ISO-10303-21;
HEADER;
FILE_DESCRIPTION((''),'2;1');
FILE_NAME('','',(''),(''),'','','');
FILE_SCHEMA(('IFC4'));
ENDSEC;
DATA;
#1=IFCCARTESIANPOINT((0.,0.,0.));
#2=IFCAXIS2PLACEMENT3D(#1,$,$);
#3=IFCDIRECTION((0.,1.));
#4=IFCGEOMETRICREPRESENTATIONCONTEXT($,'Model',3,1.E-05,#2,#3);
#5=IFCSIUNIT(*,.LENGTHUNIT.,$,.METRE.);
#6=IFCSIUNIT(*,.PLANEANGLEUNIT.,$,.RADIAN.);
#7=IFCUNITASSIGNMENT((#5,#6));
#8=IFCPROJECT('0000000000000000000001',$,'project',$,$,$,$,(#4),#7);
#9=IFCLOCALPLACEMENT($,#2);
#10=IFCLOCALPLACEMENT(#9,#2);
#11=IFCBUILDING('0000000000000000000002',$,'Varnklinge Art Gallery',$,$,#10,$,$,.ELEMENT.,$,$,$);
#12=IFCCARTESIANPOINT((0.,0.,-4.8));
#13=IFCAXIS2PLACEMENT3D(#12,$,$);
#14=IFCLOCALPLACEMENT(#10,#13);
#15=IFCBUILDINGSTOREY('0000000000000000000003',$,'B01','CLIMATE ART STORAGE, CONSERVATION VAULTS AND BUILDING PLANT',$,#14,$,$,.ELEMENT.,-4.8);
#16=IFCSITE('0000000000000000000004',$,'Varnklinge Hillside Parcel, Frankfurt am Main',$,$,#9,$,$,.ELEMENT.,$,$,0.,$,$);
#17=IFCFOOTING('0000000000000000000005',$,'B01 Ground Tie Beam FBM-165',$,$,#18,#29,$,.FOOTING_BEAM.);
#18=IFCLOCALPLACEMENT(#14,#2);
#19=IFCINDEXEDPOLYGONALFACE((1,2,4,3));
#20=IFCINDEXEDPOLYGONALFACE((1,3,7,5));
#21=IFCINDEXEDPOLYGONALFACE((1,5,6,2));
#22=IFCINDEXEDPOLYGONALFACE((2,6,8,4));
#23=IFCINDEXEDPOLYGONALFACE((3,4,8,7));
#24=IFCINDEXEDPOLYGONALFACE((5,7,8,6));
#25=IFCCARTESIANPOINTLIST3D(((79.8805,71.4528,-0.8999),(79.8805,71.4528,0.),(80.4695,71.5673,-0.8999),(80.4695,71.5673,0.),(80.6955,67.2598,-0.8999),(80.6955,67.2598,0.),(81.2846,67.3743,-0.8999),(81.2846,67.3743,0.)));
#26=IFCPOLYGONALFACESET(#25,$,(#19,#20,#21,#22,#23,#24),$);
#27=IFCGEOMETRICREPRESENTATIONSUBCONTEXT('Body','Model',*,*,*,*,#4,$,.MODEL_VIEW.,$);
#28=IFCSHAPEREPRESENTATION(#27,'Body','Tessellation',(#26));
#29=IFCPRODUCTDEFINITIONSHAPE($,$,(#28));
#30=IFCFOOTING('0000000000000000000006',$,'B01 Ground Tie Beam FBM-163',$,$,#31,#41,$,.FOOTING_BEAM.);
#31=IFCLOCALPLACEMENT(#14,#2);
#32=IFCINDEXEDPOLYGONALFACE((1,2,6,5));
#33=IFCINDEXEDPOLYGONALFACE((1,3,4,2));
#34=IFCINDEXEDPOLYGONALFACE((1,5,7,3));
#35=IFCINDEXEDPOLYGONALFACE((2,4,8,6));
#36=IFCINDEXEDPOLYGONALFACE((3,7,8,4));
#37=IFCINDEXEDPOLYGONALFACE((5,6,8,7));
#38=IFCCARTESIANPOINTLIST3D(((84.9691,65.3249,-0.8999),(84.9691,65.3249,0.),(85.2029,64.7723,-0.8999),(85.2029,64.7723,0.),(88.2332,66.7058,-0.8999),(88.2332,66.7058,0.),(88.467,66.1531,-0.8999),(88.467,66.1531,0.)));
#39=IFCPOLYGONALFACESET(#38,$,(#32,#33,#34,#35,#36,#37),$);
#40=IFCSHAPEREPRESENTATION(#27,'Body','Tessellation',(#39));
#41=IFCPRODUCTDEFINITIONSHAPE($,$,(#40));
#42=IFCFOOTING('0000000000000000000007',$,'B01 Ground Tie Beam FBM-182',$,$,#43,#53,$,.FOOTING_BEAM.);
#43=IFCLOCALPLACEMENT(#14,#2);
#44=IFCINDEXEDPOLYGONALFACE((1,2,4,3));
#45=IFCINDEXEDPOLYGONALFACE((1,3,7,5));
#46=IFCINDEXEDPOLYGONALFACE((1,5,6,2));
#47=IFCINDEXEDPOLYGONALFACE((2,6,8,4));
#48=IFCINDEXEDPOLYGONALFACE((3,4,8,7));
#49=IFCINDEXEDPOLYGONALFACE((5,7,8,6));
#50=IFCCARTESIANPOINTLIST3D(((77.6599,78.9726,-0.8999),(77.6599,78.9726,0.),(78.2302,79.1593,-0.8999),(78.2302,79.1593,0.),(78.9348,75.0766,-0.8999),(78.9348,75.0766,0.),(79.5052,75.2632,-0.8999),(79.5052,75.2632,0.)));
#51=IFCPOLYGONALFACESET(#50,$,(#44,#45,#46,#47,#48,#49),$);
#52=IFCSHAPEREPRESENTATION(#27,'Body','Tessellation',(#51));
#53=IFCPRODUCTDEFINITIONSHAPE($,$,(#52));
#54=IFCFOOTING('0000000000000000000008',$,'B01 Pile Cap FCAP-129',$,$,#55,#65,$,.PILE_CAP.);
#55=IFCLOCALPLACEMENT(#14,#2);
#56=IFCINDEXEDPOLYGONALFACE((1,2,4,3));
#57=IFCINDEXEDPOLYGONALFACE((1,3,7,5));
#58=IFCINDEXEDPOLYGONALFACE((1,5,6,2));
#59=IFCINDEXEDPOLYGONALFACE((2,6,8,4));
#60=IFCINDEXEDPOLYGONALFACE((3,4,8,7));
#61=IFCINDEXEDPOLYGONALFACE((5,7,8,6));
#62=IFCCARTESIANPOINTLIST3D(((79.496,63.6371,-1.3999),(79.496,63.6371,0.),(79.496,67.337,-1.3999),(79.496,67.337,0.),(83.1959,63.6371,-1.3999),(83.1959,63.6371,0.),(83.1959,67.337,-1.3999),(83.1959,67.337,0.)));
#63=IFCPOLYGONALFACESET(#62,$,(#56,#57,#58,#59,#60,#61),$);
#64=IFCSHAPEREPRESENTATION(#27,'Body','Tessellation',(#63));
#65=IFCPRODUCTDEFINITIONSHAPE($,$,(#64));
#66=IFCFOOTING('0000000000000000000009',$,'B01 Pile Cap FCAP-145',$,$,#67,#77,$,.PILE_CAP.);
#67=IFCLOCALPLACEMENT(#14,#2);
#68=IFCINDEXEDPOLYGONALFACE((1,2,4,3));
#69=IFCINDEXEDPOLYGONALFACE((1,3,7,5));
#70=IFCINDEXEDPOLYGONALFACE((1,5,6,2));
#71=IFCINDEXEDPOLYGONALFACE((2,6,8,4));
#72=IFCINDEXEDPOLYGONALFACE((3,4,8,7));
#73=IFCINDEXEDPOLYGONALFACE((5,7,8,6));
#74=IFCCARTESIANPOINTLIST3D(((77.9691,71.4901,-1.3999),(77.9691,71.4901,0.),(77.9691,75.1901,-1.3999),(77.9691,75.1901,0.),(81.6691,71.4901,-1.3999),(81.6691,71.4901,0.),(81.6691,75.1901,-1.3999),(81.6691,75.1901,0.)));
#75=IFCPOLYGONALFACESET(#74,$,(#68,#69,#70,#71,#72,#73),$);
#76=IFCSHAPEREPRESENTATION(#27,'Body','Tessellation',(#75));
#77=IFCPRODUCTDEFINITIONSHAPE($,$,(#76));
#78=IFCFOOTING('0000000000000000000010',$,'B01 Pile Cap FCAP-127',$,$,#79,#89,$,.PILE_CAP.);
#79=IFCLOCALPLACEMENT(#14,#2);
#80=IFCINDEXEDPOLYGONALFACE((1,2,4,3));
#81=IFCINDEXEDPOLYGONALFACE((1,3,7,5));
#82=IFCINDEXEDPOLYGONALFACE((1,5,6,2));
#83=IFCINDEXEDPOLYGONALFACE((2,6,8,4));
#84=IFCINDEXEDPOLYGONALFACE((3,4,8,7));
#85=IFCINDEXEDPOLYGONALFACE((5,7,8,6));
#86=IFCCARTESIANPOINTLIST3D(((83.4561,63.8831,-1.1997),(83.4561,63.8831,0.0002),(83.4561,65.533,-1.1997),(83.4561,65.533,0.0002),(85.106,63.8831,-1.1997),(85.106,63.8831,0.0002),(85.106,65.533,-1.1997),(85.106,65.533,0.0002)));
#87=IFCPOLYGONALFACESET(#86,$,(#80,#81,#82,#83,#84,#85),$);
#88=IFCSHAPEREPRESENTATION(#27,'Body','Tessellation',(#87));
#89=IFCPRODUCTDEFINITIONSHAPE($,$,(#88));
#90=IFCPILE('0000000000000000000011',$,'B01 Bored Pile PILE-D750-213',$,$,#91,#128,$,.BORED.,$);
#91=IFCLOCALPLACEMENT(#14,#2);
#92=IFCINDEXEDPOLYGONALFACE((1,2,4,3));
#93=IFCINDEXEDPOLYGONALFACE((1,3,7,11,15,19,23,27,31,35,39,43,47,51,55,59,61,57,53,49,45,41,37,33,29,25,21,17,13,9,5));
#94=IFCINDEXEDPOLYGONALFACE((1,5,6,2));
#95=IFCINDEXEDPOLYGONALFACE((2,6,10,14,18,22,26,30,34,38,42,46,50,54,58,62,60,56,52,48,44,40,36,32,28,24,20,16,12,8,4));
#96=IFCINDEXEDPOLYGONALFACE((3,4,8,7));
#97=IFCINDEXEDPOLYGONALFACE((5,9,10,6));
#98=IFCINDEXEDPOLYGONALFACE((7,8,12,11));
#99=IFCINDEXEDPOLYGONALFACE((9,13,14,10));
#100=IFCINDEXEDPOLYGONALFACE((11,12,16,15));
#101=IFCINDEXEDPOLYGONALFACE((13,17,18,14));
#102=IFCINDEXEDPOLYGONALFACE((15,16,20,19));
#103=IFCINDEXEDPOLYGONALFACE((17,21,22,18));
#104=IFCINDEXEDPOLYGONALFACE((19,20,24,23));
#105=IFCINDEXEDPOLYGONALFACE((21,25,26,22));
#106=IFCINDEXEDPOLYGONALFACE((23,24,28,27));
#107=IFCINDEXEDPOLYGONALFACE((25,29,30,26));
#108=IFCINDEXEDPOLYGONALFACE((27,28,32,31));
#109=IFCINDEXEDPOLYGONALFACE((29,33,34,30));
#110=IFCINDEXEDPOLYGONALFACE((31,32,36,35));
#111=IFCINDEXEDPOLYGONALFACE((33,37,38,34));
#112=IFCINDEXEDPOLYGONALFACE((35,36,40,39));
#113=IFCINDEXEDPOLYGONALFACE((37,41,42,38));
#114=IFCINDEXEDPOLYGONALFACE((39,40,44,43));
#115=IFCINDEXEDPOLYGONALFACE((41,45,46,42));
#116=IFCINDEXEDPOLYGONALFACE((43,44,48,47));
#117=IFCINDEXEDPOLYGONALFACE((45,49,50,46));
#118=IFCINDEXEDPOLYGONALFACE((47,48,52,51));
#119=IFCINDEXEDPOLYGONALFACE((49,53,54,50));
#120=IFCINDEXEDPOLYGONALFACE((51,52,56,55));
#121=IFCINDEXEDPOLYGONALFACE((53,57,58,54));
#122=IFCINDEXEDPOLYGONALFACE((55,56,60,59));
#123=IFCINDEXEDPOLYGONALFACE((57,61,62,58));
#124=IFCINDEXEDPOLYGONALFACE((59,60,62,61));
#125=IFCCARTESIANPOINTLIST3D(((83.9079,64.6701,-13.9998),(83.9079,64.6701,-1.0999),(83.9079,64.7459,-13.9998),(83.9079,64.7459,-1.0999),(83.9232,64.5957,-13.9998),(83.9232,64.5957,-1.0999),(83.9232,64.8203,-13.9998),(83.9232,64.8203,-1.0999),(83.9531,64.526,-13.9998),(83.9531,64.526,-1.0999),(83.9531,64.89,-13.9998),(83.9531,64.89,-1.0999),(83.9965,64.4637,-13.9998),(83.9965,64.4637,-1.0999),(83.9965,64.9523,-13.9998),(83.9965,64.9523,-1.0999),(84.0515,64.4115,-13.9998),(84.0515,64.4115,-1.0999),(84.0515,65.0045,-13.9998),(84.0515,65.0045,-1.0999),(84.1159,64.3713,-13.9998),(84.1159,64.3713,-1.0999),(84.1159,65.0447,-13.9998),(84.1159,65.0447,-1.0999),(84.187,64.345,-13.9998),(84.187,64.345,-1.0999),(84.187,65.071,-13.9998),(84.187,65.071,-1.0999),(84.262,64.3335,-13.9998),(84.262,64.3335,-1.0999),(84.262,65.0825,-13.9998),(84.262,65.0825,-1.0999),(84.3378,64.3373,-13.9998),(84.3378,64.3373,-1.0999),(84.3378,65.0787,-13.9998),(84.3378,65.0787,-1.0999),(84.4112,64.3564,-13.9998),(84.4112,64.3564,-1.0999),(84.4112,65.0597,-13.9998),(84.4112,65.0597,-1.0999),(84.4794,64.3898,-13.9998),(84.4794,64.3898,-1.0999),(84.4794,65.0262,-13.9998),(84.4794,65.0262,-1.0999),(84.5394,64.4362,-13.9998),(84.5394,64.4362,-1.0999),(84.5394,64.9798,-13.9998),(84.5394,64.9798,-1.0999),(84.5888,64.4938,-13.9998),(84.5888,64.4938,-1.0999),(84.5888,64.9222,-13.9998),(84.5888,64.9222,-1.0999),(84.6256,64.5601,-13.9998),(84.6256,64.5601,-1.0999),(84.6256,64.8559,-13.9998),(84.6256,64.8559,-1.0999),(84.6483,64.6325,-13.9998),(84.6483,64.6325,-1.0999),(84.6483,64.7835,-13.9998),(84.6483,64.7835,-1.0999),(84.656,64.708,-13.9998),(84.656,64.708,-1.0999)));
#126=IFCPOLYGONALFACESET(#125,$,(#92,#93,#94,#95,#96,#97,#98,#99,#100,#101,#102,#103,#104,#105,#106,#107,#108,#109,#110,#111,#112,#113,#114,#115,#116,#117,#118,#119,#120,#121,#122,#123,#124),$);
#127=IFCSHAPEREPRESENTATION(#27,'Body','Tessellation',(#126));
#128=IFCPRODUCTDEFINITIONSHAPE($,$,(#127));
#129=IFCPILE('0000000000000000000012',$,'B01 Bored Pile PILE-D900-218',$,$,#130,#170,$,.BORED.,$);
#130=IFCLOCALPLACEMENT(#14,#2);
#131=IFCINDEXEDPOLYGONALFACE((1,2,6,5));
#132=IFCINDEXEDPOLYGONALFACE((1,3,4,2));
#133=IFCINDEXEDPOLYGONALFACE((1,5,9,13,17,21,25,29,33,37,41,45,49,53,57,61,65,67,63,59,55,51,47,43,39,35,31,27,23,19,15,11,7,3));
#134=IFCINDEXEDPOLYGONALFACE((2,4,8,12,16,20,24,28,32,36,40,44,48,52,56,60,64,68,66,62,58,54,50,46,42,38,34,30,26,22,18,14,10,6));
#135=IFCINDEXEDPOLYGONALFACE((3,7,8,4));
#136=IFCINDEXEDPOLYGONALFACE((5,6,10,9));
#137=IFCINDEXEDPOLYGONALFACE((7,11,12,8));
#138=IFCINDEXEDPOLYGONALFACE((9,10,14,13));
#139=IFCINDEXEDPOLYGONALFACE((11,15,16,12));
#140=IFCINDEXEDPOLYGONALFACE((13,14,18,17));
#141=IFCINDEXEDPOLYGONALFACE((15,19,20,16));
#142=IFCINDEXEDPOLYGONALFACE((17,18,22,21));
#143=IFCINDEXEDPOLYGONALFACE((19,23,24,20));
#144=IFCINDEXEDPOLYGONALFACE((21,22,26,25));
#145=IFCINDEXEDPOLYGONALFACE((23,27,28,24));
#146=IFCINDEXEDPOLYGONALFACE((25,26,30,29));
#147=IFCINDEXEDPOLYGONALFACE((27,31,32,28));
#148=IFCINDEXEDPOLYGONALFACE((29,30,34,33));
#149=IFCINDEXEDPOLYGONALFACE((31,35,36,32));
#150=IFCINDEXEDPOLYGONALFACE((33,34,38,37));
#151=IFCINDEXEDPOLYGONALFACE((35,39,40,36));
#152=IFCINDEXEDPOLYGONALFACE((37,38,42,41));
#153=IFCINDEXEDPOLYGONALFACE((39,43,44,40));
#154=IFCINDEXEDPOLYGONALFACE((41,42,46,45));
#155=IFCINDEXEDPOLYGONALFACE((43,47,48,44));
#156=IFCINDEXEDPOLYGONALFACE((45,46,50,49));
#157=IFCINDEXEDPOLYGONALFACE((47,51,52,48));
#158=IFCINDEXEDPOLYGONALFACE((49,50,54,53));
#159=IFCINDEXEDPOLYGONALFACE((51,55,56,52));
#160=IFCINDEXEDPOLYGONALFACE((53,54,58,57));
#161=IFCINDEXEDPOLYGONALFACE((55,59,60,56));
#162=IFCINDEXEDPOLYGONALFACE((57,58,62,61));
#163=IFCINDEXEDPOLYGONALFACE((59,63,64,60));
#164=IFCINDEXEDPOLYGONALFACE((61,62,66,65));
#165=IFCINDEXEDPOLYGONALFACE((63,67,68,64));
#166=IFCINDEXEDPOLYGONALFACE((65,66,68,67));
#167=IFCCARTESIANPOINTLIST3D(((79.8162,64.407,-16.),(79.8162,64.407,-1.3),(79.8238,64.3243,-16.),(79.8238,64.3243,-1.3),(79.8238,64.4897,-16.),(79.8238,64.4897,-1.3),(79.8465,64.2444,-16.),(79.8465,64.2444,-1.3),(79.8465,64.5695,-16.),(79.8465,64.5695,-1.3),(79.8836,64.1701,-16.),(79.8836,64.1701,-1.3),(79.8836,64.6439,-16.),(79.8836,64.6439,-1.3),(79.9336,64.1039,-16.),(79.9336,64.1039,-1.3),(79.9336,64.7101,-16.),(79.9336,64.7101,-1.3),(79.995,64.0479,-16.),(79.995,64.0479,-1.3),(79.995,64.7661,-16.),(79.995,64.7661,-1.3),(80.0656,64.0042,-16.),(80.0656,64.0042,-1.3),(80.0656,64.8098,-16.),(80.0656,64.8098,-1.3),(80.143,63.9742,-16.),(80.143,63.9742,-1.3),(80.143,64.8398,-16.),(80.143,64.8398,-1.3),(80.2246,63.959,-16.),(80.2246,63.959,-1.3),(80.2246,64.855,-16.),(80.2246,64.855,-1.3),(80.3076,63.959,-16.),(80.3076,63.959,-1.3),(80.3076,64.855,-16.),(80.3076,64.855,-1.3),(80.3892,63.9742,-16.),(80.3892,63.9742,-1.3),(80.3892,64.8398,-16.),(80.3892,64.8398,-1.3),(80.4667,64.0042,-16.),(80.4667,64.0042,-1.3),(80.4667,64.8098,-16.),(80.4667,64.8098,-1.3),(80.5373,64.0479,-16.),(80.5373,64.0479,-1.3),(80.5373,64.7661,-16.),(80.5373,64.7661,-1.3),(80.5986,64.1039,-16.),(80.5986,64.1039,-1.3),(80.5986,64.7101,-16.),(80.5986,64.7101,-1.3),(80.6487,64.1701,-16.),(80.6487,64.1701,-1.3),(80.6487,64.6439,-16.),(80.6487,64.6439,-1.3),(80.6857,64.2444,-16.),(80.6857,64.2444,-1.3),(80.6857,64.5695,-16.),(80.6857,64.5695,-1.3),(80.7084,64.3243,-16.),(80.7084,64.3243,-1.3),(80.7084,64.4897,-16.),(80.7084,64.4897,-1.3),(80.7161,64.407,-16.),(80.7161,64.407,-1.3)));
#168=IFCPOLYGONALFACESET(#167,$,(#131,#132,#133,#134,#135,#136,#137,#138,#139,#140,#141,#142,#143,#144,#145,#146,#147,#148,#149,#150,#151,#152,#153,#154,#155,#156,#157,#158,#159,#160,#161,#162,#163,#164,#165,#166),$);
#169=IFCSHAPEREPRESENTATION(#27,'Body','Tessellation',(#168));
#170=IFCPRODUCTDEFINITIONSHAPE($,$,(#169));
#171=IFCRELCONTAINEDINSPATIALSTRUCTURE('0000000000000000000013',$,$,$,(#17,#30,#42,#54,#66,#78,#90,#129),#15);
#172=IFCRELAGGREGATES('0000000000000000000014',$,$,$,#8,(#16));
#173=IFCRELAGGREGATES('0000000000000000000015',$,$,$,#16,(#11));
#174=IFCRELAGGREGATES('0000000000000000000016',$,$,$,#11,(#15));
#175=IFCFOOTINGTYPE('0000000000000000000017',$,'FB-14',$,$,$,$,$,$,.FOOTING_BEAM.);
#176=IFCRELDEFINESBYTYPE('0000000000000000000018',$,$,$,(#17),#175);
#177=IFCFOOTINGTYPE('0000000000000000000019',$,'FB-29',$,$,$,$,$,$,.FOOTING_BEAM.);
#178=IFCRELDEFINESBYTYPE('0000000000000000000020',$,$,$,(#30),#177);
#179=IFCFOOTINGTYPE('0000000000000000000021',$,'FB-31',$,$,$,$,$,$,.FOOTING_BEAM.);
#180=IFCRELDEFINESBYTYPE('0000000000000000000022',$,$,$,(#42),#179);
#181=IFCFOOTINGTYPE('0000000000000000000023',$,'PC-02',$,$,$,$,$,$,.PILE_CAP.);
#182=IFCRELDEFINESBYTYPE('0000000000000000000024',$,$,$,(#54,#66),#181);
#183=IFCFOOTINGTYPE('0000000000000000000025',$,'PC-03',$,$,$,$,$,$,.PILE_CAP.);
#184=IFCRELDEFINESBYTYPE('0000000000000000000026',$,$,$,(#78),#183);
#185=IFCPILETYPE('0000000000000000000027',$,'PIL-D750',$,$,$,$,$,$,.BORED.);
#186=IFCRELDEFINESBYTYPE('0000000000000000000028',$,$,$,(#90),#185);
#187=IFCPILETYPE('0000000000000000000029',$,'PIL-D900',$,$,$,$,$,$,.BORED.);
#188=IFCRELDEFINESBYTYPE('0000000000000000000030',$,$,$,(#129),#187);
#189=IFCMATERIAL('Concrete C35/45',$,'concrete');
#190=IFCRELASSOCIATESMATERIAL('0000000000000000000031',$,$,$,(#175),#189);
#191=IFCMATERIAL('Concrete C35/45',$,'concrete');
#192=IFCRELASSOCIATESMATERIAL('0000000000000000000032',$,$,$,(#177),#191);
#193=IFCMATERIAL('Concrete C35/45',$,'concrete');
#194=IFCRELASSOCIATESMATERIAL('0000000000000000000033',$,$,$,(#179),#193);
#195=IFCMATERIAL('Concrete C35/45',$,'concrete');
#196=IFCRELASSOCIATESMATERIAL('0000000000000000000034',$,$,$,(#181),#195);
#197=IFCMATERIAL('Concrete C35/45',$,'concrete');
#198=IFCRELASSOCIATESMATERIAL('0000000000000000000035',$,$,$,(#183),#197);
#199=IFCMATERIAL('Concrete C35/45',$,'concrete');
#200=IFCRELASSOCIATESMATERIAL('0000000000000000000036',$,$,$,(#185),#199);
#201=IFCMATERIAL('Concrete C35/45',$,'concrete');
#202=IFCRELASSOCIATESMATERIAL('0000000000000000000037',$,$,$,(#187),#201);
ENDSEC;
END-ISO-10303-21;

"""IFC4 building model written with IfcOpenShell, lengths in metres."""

from ifc_helpers import new_model, si_unit, direction, frame, origin, origin_2d, place, context, subcontext, project, spatial, rectangle, circle, extrude, material, material_profile, profile_set, type_object, element, save


model = new_model("IFC4")

# Units and contexts
model_context = context("Model", 3, precision=1e-05, world=origin(), true_north=direction((0.0, 1.0)))
body_context = subcontext(model_context, "Body", "Model", "MODEL_VIEW")
ifc_project = project(units=[si_unit("LENGTHUNIT", "METRE"), si_unit("PLANEANGLEUNIT", "RADIAN")], contexts=[model_context])

# Site, building, storey
site_placement = place(None, origin())
site = spatial("IfcSite", under=ifc_project, at=site_placement, Name="Varnklinge Hillside Parcel, Frankfurt am Main", CompositionType="ELEMENT", RefElevation=0.0)
building_placement = place(site_placement, origin())
building = spatial("IfcBuilding", under=site, at=building_placement, Name="Varnklinge Art Gallery", CompositionType="ELEMENT")
storey_placement = place(building_placement, frame((0.0, 0.0, -4.8)))
storey = spatial("IfcBuildingStorey", under=building, at=storey_placement, Name="B01", Description="CLIMATE ART STORAGE, CONSERVATION VAULTS AND BUILDING PLANT", CompositionType="ELEMENT", Elevation=-4.8)

# Footings
ifc_material_1 = material(Name="Concrete C35/45", Category="concrete")
footing_type_1 = type_object("IfcFootingType", Name="FB-14", PredefinedType="FOOTING_BEAM", material=ifc_material_1)
footing_1_placement = place(storey_placement, frame((80.5825, 69.4136, -0.8999), z_axis=(0.0, 0.0, 1.0), x_axis=(-0.190809, 0.981627, 0.0)))
element("IfcFooting", 1, at=footing_1_placement, inside=storey, type_object=footing_type_1, Name="B01 Ground Tie Beam FBM-165", PredefinedType="FOOTING_BEAM", context=body_context, shape_type="SweptSolid", body=[
    extrude(rectangle(XDim=4.2715, YDim=0.6001, at=origin_2d()), origin(), (0.0, 0.0, 1.0), 0.8999),
])
ifc_material_2 = material(Name="Concrete C35/45", Category="concrete")
footing_type_2 = type_object("IfcFootingType", Name="FB-29", PredefinedType="FOOTING_BEAM", material=ifc_material_2)
footing_2_placement = place(storey_placement, frame((86.718, 65.739, -0.8999), z_axis=(0.0, 0.0, 1.0), x_axis=(0.920982, 0.389606, 0.0)))
element("IfcFooting", 2, at=footing_2_placement, inside=storey, type_object=footing_type_2, Name="B01 Ground Tie Beam FBM-163", PredefinedType="FOOTING_BEAM", context=body_context, shape_type="SweptSolid", body=[
    extrude(rectangle(XDim=3.5442, YDim=0.6001, at=origin_2d()), origin(), (0.0, 0.0, 1.0), 0.8999),
])
ifc_material_3 = material(Name="Concrete C35/45", Category="concrete")
footing_type_3 = type_object("IfcFootingType", Name="FB-31", PredefinedType="FOOTING_BEAM", material=ifc_material_3)
footing_3_placement = place(storey_placement, frame((78.5825, 77.1179, -0.8999), z_axis=(0.0, 0.0, 1.0), x_axis=(-0.311008, 0.950407, 0.0)))
element("IfcFooting", 3, at=footing_3_placement, inside=storey, type_object=footing_type_3, Name="B01 Ground Tie Beam FBM-182", PredefinedType="FOOTING_BEAM", context=body_context, shape_type="SweptSolid", body=[
    extrude(rectangle(XDim=4.0994, YDim=0.6001, at=origin_2d()), origin(), (0.0, 0.0, 1.0), 0.8999),
])
ifc_material_4 = material(Name="Concrete C35/45", Category="concrete")
footing_type_4 = type_object("IfcFootingType", Name="PC-02", PredefinedType="PILE_CAP", material=ifc_material_4)
for number, where, z_axis, x_axis, name in (
    (4, (81.3459, 65.4871, -1.3999), (0.0, 0.0, 1.0), (1.0, 0.0, 0.0), "B01 Pile Cap FCAP-129"),
    (5, (79.8191, 73.3401, -1.3999), (0.0, 0.0, 1.0), (1.0, 0.0, 0.0), "B01 Pile Cap FCAP-145"),
):
    element("IfcFooting", number, at=place(storey_placement, frame(where, z_axis=z_axis, x_axis=x_axis)), inside=storey, type_object=footing_type_4, Name=name, PredefinedType="PILE_CAP", context=body_context, shape_type="SweptSolid", body=[
        extrude(rectangle(XDim=3.7, YDim=3.7, at=origin_2d()), origin(), (0.0, 0.0, 1.0), 1.3999),
    ])
ifc_material_5 = material(Name="Concrete C35/45", Category="concrete")
footing_type_5 = type_object("IfcFootingType", Name="PC-03", PredefinedType="PILE_CAP", material=ifc_material_5)
footing_4_placement = place(storey_placement, frame((84.281, 64.708, -1.1997), z_axis=(0.0, 0.0, 1.0), x_axis=(1.0, 0.0, 0.0)))
element("IfcFooting", 6, at=footing_4_placement, inside=storey, type_object=footing_type_5, Name="B01 Pile Cap FCAP-127", PredefinedType="PILE_CAP", context=body_context, shape_type="SweptSolid", body=[
    extrude(rectangle(XDim=1.6499, YDim=1.6499, at=origin_2d()), origin(), (0.0, 0.0, 1.0), 1.2),
])

# Piles
ifc_material_6 = material(Name="Concrete C35/45", Category="concrete")
ifc_material_profile_1 = material_profile(ifc_material_6, circle(Radius=0.375, at=origin_2d()), Name="PILE D750")
ifc_profile_set_1 = profile_set([ifc_material_profile_1], Name="Concrete C35/45")
pile_type_1 = type_object("IfcPileType", Name="PIL-D750", PredefinedType="BORED", material=ifc_profile_set_1)
pile_placement = place(storey_placement, frame((84.281, 64.708, -1.0999), z_axis=(0.0, 0.0, -1.0), x_axis=(1.0, 0.0, 0.0)))
element("IfcPile", 7, at=pile_placement, inside=storey, type_object=pile_type_1, Name="B01 Bored Pile PILE-D750-213", PredefinedType="BORED", context=body_context, shape_type="SweptSolid", body=[
    extrude(circle(Radius=0.375, at=origin_2d()), origin(), (0.0, 0.0, 1.0), 12.8999),
])
ifc_material_7 = material(Name="Concrete C35/45", Category="concrete")
ifc_material_profile_2 = material_profile(ifc_material_7, circle(Radius=0.45, at=origin_2d()), Name="PILE D900")
ifc_profile_set_2 = profile_set([ifc_material_profile_2], Name="Concrete C35/45")
pile_type_2 = type_object("IfcPileType", Name="PIL-D900", PredefinedType="BORED", material=ifc_profile_set_2)
for number, where, z_axis, x_axis, name in (
    (8, (80.2661, 64.407, -1.3), (0.0, 0.0, -1.0), (1.0, 0.0, 0.0), "B01 Bored Pile PILE-D900-218"),
):
    element("IfcPile", number, at=place(storey_placement, frame(where, z_axis=z_axis, x_axis=x_axis)), inside=storey, type_object=pile_type_2, Name=name, PredefinedType="BORED", context=body_context, shape_type="SweptSolid", body=[
        extrude(circle(Radius=0.45, at=origin_2d()), origin(), (0.0, 0.0, 1.0), 14.7),
    ])

save(model, "model.ifc")
